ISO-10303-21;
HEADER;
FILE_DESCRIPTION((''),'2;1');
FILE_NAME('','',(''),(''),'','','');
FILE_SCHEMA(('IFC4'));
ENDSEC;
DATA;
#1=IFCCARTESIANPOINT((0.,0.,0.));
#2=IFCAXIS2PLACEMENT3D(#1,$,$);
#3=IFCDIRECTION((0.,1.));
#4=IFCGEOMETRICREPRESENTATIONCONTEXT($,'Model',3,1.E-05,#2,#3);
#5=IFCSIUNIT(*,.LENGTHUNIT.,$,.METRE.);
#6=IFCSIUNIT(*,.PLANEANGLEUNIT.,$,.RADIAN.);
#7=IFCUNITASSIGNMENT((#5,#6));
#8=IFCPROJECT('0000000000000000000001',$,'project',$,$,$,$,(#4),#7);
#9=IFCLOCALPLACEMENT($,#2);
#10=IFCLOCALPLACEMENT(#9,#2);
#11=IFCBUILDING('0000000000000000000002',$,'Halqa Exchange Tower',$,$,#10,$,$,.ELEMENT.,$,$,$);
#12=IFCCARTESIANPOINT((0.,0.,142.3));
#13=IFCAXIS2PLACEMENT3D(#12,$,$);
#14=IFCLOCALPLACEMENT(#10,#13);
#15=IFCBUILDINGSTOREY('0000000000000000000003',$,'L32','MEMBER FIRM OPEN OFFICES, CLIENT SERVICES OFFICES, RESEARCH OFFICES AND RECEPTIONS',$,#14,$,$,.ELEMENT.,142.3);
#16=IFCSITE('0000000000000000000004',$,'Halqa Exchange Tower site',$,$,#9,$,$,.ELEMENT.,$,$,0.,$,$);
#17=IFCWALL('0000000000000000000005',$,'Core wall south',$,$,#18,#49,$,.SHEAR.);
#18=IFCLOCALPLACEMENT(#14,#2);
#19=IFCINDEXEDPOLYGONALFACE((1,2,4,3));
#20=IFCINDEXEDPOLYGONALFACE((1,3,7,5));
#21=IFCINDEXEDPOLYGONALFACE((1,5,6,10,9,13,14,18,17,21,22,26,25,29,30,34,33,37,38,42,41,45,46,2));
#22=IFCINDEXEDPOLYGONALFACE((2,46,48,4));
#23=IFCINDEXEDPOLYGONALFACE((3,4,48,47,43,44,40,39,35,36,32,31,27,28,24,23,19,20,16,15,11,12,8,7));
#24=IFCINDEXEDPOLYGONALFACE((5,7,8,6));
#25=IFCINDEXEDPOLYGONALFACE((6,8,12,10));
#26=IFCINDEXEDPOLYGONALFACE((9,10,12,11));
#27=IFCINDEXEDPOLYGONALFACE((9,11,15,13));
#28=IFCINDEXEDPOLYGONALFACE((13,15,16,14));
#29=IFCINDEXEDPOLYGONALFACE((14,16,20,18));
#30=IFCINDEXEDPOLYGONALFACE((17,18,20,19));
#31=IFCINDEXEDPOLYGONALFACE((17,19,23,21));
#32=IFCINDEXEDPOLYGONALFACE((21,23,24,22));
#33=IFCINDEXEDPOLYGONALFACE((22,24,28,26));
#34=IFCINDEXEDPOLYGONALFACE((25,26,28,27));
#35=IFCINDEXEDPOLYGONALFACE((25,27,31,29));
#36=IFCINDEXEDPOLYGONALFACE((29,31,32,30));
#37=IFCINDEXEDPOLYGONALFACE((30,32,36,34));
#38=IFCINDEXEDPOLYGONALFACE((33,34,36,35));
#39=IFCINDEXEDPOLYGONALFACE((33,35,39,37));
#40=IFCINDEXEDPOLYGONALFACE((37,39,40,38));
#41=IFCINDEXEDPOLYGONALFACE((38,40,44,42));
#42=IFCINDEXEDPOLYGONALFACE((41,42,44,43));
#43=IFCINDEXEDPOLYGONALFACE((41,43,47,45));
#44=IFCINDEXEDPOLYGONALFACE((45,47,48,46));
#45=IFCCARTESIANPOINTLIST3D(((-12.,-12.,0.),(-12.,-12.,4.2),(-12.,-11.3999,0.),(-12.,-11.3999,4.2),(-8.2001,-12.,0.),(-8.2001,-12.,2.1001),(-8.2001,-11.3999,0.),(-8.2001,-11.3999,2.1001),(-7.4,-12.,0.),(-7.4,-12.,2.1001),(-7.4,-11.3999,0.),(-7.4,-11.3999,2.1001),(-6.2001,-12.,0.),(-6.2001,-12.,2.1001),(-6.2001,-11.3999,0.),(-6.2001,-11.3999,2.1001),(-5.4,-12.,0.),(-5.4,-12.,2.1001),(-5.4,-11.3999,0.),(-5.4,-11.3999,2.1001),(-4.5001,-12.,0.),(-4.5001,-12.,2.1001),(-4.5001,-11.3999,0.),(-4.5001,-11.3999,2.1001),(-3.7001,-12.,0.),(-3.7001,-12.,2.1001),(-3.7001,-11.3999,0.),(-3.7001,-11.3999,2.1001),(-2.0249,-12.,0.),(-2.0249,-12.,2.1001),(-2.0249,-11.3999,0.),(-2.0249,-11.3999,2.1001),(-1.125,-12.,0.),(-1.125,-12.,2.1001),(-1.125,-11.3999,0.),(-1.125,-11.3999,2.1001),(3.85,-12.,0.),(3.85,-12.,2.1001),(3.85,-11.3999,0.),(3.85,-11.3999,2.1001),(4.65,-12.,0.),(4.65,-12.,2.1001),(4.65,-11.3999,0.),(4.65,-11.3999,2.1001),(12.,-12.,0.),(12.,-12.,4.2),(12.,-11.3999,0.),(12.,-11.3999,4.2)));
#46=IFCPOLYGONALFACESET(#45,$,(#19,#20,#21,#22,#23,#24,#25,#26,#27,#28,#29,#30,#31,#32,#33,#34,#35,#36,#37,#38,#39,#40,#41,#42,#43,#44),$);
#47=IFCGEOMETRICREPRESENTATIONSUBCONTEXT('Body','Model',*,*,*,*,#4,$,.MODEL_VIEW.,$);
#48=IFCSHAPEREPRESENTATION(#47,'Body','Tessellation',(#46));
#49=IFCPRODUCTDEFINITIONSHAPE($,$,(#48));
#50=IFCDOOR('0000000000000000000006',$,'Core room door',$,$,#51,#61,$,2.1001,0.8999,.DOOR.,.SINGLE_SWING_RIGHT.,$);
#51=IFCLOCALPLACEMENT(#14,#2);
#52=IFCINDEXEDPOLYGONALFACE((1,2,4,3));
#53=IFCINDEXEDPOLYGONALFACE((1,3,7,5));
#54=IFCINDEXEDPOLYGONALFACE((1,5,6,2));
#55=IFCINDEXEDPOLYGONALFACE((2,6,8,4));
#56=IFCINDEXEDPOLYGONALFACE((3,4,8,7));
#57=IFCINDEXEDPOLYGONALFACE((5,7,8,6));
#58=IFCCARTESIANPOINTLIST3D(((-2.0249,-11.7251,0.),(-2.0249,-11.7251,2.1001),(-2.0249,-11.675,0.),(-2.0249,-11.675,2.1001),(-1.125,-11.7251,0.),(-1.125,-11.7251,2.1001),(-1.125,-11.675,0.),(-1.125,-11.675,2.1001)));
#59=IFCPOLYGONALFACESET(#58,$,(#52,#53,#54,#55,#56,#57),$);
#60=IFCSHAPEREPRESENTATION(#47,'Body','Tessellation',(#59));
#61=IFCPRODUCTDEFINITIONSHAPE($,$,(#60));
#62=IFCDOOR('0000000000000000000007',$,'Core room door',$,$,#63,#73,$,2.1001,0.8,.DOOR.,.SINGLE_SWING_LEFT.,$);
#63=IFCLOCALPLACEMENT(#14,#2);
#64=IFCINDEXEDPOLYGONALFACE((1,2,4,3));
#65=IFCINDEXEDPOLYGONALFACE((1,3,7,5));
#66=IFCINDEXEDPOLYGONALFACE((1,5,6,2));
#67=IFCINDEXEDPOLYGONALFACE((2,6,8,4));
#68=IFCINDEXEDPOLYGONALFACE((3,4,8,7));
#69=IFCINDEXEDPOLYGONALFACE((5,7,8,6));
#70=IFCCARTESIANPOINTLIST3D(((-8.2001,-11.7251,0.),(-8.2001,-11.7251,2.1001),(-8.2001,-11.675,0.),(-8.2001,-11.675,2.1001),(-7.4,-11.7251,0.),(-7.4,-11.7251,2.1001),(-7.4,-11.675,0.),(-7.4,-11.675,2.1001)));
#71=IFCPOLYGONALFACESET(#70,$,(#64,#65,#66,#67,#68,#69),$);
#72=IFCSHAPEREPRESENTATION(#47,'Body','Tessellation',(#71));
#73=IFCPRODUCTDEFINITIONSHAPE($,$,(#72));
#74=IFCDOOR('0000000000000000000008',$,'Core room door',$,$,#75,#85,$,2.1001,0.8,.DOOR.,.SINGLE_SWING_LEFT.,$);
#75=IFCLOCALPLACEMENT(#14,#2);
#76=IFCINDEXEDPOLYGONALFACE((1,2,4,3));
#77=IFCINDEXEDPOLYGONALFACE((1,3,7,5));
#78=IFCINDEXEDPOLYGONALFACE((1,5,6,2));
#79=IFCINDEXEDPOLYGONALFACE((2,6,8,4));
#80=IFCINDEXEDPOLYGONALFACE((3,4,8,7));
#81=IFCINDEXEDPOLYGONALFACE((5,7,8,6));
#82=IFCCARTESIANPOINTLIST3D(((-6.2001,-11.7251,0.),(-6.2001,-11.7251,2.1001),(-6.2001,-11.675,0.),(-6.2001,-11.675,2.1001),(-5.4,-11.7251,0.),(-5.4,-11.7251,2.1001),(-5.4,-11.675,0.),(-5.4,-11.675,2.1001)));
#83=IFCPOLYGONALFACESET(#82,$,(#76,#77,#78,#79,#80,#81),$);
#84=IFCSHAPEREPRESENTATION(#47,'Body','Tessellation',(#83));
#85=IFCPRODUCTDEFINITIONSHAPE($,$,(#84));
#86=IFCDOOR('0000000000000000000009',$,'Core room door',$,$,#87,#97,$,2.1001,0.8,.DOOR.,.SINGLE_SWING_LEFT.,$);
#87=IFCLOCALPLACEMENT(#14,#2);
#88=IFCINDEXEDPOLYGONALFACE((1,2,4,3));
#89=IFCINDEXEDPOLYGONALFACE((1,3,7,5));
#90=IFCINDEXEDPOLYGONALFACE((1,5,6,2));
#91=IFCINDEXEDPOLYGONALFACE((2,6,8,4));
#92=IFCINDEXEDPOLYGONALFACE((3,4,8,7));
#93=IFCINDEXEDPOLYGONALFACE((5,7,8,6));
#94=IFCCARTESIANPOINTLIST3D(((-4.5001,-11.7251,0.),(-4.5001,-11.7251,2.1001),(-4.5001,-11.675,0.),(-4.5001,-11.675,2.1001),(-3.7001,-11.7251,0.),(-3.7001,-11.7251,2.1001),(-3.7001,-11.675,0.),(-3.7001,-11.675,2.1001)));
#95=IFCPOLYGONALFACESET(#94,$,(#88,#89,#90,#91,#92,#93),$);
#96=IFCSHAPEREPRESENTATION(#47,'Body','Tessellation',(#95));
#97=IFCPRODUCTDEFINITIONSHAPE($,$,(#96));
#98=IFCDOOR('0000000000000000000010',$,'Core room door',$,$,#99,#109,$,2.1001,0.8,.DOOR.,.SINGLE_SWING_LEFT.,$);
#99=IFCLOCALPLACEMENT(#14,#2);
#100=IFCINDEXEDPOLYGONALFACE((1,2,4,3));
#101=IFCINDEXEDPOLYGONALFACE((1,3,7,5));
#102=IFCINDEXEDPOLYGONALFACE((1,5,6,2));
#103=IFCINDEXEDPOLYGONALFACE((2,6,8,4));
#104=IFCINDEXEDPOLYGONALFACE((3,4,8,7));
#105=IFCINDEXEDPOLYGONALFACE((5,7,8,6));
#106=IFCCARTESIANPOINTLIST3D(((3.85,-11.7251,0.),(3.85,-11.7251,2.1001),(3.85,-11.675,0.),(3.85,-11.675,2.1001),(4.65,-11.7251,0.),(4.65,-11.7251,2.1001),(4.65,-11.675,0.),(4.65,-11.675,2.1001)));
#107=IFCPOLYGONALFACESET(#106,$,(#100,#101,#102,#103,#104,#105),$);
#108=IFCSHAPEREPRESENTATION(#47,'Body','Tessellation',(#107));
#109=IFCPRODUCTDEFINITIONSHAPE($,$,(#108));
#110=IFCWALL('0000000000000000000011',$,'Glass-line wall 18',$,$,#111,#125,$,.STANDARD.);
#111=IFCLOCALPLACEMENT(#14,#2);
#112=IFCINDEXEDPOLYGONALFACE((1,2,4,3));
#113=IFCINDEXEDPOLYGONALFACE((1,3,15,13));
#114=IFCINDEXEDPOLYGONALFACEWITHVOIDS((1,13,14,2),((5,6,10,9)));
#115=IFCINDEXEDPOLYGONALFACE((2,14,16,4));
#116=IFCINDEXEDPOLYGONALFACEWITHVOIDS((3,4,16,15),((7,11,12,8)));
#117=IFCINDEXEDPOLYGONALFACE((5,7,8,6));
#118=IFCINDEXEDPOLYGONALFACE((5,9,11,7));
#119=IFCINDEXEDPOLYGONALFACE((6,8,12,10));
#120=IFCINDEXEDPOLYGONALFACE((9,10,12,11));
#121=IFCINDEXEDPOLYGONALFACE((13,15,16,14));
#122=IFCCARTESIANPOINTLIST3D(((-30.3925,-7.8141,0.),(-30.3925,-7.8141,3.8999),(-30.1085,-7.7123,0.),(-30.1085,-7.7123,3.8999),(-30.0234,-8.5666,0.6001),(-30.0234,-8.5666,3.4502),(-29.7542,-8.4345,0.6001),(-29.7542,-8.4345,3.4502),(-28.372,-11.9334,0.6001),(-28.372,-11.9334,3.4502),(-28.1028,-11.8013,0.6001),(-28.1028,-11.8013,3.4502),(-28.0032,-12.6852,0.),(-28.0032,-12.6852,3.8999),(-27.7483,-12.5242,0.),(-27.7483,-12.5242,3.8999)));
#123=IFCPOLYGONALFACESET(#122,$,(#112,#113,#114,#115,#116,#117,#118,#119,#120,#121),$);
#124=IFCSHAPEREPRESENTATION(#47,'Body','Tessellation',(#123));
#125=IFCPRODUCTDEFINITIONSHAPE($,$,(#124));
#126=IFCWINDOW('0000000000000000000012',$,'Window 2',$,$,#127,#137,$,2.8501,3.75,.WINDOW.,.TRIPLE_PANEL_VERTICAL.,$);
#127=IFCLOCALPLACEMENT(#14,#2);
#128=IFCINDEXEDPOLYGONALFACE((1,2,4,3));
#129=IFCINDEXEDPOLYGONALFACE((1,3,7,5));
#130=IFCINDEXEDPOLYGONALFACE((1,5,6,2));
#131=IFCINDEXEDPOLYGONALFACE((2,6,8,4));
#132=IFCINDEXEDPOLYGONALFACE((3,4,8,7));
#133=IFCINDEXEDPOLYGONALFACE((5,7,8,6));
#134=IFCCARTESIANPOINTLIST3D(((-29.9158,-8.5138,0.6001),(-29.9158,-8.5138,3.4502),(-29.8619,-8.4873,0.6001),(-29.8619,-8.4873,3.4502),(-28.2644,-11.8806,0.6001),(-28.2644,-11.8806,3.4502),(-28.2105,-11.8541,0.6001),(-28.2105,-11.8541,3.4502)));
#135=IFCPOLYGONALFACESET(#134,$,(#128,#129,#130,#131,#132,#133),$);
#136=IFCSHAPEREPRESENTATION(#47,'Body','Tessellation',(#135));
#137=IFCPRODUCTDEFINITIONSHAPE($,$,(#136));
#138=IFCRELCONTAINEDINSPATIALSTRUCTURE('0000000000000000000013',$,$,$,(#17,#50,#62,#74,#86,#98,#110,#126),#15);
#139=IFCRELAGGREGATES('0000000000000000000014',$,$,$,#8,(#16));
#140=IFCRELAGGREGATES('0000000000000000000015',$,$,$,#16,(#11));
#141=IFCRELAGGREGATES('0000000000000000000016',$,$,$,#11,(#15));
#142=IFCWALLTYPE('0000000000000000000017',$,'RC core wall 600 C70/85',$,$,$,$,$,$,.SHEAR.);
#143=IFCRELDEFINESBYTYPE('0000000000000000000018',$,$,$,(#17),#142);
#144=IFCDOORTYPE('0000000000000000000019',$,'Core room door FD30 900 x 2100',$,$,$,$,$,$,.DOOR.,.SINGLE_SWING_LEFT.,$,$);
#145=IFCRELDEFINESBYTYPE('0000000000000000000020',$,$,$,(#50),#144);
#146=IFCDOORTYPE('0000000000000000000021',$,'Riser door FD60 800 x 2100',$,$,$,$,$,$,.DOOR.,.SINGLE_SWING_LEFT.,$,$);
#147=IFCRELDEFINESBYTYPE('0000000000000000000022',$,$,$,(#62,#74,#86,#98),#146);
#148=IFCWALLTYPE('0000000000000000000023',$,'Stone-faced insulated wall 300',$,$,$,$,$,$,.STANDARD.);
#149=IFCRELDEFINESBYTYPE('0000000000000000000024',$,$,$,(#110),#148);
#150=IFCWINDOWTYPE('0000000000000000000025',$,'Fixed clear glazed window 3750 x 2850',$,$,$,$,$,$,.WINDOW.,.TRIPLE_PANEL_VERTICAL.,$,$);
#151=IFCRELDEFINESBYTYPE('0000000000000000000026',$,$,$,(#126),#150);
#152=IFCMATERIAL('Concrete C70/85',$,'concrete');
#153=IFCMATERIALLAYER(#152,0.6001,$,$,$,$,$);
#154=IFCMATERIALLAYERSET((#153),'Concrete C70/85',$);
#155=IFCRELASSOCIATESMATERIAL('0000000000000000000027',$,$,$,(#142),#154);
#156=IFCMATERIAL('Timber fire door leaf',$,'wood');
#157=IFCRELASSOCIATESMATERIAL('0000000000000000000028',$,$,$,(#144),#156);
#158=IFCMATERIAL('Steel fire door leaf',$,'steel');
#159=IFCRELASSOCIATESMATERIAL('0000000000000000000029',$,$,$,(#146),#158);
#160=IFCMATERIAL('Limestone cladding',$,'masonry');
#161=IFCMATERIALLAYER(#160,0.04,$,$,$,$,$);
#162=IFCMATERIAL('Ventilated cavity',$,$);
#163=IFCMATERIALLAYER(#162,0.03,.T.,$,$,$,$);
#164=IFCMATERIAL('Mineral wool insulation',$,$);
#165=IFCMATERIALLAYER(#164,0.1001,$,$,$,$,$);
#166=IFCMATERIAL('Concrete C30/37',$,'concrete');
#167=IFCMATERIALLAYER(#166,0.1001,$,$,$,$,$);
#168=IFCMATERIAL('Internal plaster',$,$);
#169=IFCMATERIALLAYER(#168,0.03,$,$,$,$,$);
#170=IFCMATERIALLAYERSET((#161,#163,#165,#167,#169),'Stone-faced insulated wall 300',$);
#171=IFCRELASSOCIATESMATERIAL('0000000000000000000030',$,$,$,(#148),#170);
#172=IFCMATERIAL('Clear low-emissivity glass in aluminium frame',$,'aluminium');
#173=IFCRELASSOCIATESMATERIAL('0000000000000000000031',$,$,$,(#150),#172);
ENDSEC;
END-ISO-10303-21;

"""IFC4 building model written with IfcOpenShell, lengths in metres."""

from ifc_helpers import new_model, si_unit, direction, frame, frame_2d, origin, place, context, subcontext, project, spatial, polyline, rectangle, outline, extrude, material, layer, layer_set, type_object, element, fill, save


model = new_model("IFC4")

# Units and contexts
model_context = context("Model", 3, precision=1e-05, world=origin(), true_north=direction((0.0, 1.0)))
body_context = subcontext(model_context, "Body", "Model", "MODEL_VIEW")
ifc_project = project(units=[si_unit("LENGTHUNIT", "METRE"), si_unit("PLANEANGLEUNIT", "RADIAN")], contexts=[model_context])

# Site, building, storey
site_placement = place(None, origin())
site = spatial("IfcSite", under=ifc_project, at=site_placement, Name="Halqa Exchange Tower site", CompositionType="ELEMENT", RefElevation=0.0)
building_placement = place(site_placement, origin())
building = spatial("IfcBuilding", under=site, at=building_placement, Name="Halqa Exchange Tower", CompositionType="ELEMENT")
storey_placement = place(building_placement, frame((0.0, 0.0, 142.3)))
storey = spatial("IfcBuildingStorey", under=building, at=storey_placement, Name="L32", Description="MEMBER FIRM OPEN OFFICES, CLIENT SERVICES OFFICES, RESEARCH OFFICES AND RECEPTIONS", CompositionType="ELEMENT", Elevation=142.3)

# Shared definitions
ifc_material_1 = material(Name="Concrete C70/85", Category="concrete")

# Wall, openings, doors
ifc_layer_1 = layer(ifc_material_1, 0.6001)
ifc_layer_set_1 = layer_set([ifc_layer_1], Name="Concrete C70/85")
wall_type_1 = type_object("IfcWallType", Name="RC core wall 600 C70/85", PredefinedType="SHEAR", material=ifc_layer_set_1)
wall_1_placement = place(storey_placement, frame((-12.0, -11.7, 0.0), z_axis=(0.0, 0.0, 1.0), x_axis=(1.0, 0.0, 0.0)))
wall_1 = element("IfcWall", 1, at=wall_1_placement, inside=storey, type_object=wall_type_1, Name="Core wall south", PredefinedType="SHEAR", context=body_context, shape_type="SweptSolid", body=[
    extrude(rectangle(XDim=24.0, YDim=0.6001, at=frame_2d((12.0, 0.0))), origin(), (0.0, 0.0, 1.0), 4.2),
])
opening_1_placement = place(wall_1_placement, frame((9.9751, 0.0, 0.0)))
opening_1 = element("IfcOpeningElement", 2, at=opening_1_placement, cuts=wall_1, PredefinedType="OPENING", context=body_context, shape_type="SweptSolid", body=[
    extrude(rectangle(XDim=0.8999, YDim=2.1001, at=frame_2d((0.45, 1.05))), frame((0.0, 0.312, 0.0), z_axis=(0.0, -1.0, 0.0), x_axis=(1.0, 0.0, 0.0)), (0.0, 0.0, 1.0), 0.624),
])
opening_2_placement = place(wall_1_placement, frame((3.8, 0.0, 0.0)))
opening_2 = element("IfcOpeningElement", 3, at=opening_2_placement, cuts=wall_1, PredefinedType="OPENING", context=body_context, shape_type="SweptSolid", body=[
    extrude(rectangle(XDim=0.8, YDim=2.1001, at=frame_2d((0.3999, 1.05))), frame((0.0, 0.312, 0.0), z_axis=(0.0, -1.0, 0.0), x_axis=(1.0, 0.0, 0.0)), (0.0, 0.0, 1.0), 0.624),
])
opening_3_placement = place(wall_1_placement, frame((5.8, 0.0, 0.0)))
opening_3 = element("IfcOpeningElement", 4, at=opening_3_placement, cuts=wall_1, PredefinedType="OPENING", context=body_context, shape_type="SweptSolid", body=[
    extrude(rectangle(XDim=0.8, YDim=2.1001, at=frame_2d((0.3999, 1.05))), frame((0.0, 0.312, 0.0), z_axis=(0.0, -1.0, 0.0), x_axis=(1.0, 0.0, 0.0)), (0.0, 0.0, 1.0), 0.624),
])
opening_4_placement = place(wall_1_placement, frame((7.5, 0.0, 0.0)))
opening_4 = element("IfcOpeningElement", 5, at=opening_4_placement, cuts=wall_1, PredefinedType="OPENING", context=body_context, shape_type="SweptSolid", body=[
    extrude(rectangle(XDim=0.8, YDim=2.1001, at=frame_2d((0.3999, 1.05))), frame((0.0, 0.312, 0.0), z_axis=(0.0, -1.0, 0.0), x_axis=(1.0, 0.0, 0.0)), (0.0, 0.0, 1.0), 0.624),
])
opening_5_placement = place(wall_1_placement, frame((15.8501, 0.0, 0.0)))
opening_5 = element("IfcOpeningElement", 6, at=opening_5_placement, cuts=wall_1, PredefinedType="OPENING", context=body_context, shape_type="SweptSolid", body=[
    extrude(rectangle(XDim=0.8, YDim=2.1001, at=frame_2d((0.3999, 1.05))), frame((0.0, 0.312, 0.0), z_axis=(0.0, -1.0, 0.0), x_axis=(1.0, 0.0, 0.0)), (0.0, 0.0, 1.0), 0.624),
])
ifc_material_2 = material(Name="Timber fire door leaf", Category="wood")
door_type_1 = type_object("IfcDoorType", Name="Core room door FD30 900 x 2100", OperationType="SINGLE_SWING_LEFT", PredefinedType="DOOR", material=ifc_material_2)
door_1_placement = place(opening_1_placement, origin())
door_1 = element("IfcDoor", 7, at=door_1_placement, inside=storey, type_object=door_type_1, Name="Core room door", OperationType="SINGLE_SWING_RIGHT", OverallHeight=2.1001, OverallWidth=0.8999, PredefinedType="DOOR", context=body_context, shape_type="SweptSolid", body=[
    extrude(rectangle(XDim=0.8999, YDim=2.1001, at=frame_2d((0.45, 1.05))), frame((0.0, 0.0249, 0.0), z_axis=(0.0, -1.0, 0.0), x_axis=(1.0, 0.0, 0.0)), (0.0, 0.0, 1.0), 0.05),
])
fill(opening_1, door_1)
ifc_material_3 = material(Name="Steel fire door leaf", Category="steel")
door_type_2 = type_object("IfcDoorType", Name="Riser door FD60 800 x 2100", OperationType="SINGLE_SWING_LEFT", PredefinedType="DOOR", material=ifc_material_3)
door_2_placement = place(opening_2_placement, origin())
door_2 = element("IfcDoor", 8, at=door_2_placement, inside=storey, type_object=door_type_2, Name="Core room door", OperationType="SINGLE_SWING_LEFT", OverallHeight=2.1001, OverallWidth=0.8, PredefinedType="DOOR", context=body_context, shape_type="SweptSolid", body=[
    extrude(rectangle(XDim=0.8, YDim=2.1001, at=frame_2d((0.3999, 1.05))), frame((0.0, 0.0249, 0.0), z_axis=(0.0, -1.0, 0.0), x_axis=(1.0, 0.0, 0.0)), (0.0, 0.0, 1.0), 0.05),
])
fill(opening_2, door_2)
door_3_placement = place(opening_3_placement, origin())
door_3 = element("IfcDoor", 9, at=door_3_placement, inside=storey, type_object=door_type_2, Name="Core room door", OperationType="SINGLE_SWING_LEFT", OverallHeight=2.1001, OverallWidth=0.8, PredefinedType="DOOR", context=body_context, shape_type="SweptSolid", body=[
    extrude(rectangle(XDim=0.8, YDim=2.1001, at=frame_2d((0.3999, 1.05))), frame((0.0, 0.0249, 0.0), z_axis=(0.0, -1.0, 0.0), x_axis=(1.0, 0.0, 0.0)), (0.0, 0.0, 1.0), 0.05),
])
fill(opening_3, door_3)
door_4_placement = place(opening_4_placement, origin())
door_4 = element("IfcDoor", 10, at=door_4_placement, inside=storey, type_object=door_type_2, Name="Core room door", OperationType="SINGLE_SWING_LEFT", OverallHeight=2.1001, OverallWidth=0.8, PredefinedType="DOOR", context=body_context, shape_type="SweptSolid", body=[
    extrude(rectangle(XDim=0.8, YDim=2.1001, at=frame_2d((0.3999, 1.05))), frame((0.0, 0.0249, 0.0), z_axis=(0.0, -1.0, 0.0), x_axis=(1.0, 0.0, 0.0)), (0.0, 0.0, 1.0), 0.05),
])
fill(opening_4, door_4)
door_5_placement = place(opening_5_placement, origin())
door_5 = element("IfcDoor", 11, at=door_5_placement, inside=storey, type_object=door_type_2, Name="Core room door", OperationType="SINGLE_SWING_LEFT", OverallHeight=2.1001, OverallWidth=0.8, PredefinedType="DOOR", context=body_context, shape_type="SweptSolid", body=[
    extrude(rectangle(XDim=0.8, YDim=2.1001, at=frame_2d((0.3999, 1.05))), frame((0.0, 0.0249, 0.0), z_axis=(0.0, -1.0, 0.0), x_axis=(1.0, 0.0, 0.0)), (0.0, 0.0, 1.0), 0.05),
])
fill(opening_5, door_5)

# Wall, opening, window
ifc_material_4 = material(Name="Limestone cladding", Category="masonry")
ifc_layer_2 = layer(ifc_material_4, 0.04)
ifc_material_5 = material(Name="Ventilated cavity")
ifc_layer_3 = layer(ifc_material_5, 0.03, ventilated=True)
ifc_material_6 = material(Name="Mineral wool insulation")
ifc_layer_4 = layer(ifc_material_6, 0.1001)
ifc_material_7 = material(Name="Concrete C30/37", Category="concrete")
ifc_layer_5 = layer(ifc_material_7, 0.1001)
ifc_material_8 = material(Name="Internal plaster")
ifc_layer_6 = layer(ifc_material_8, 0.03)
ifc_layer_set_2 = layer_set([ifc_layer_2, ifc_layer_3, ifc_layer_4, ifc_layer_5, ifc_layer_6], Name="Stone-faced insulated wall 300")
wall_type_2 = type_object("IfcWallType", Name="Stone-faced insulated wall 300", PredefinedType="STANDARD", material=ifc_layer_set_2)
wall_2_placement = place(storey_placement, frame((-30.2505, -7.7632, 0.0), z_axis=(0.0, 0.0, 1.0), x_axis=(0.440373, -0.897815, 0.0)))
wall_2 = element("IfcWall", 12, at=wall_2_placement, inside=storey, type_object=wall_type_2, Name="Glass-line wall 18", PredefinedType="STANDARD", context=body_context, shape_type="SweptSolid", body=[
    extrude(outline(polyline([(-0.0168, -0.1499), (5.4087, -0.1499), (5.3765, 0.1499), (0.0168, 0.1499), (-0.0168, -0.1499)])), origin(), (0.0, 0.0, 1.0), 3.8999),
])
opening_6_placement = place(wall_2_placement, frame((0.8213, 0.0, 0.6001)))
opening_6 = element("IfcOpeningElement", 13, at=opening_6_placement, cuts=wall_2, PredefinedType="OPENING", context=body_context, shape_type="SweptSolid", body=[
    extrude(rectangle(XDim=3.75, YDim=2.8501, at=frame_2d((1.875, 1.425))), frame((0.0, 0.1621, 0.0), z_axis=(0.0, -1.0, 0.0), x_axis=(1.0, 0.0, 0.0)), (0.0, 0.0, 1.0), 0.324),
])
ifc_material_9 = material(Name="Clear low-emissivity glass in aluminium frame", Category="aluminium")
window_type = type_object("IfcWindowType", Name="Fixed clear glazed window 3750 x 2850", PartitioningType="TRIPLE_PANEL_VERTICAL", PredefinedType="WINDOW", material=ifc_material_9)
window_1_placement = place(opening_6_placement, origin())
window_1 = element("IfcWindow", 14, at=window_1_placement, inside=storey, type_object=window_type, Name="Window 2", OverallHeight=2.8501, OverallWidth=3.75, PartitioningType="TRIPLE_PANEL_VERTICAL", PredefinedType="WINDOW", context=body_context, shape_type="SweptSolid", body=[
    extrude(rectangle(XDim=3.75, YDim=2.8501, at=frame_2d((1.875, 1.425))), frame((0.0, 0.03, 0.0), z_axis=(0.0, -1.0, 0.0), x_axis=(1.0, 0.0, 0.0)), (0.0, 0.0, 1.0), 0.0601),
])
fill(opening_6, window_1)

save(model, "model.ifc")
